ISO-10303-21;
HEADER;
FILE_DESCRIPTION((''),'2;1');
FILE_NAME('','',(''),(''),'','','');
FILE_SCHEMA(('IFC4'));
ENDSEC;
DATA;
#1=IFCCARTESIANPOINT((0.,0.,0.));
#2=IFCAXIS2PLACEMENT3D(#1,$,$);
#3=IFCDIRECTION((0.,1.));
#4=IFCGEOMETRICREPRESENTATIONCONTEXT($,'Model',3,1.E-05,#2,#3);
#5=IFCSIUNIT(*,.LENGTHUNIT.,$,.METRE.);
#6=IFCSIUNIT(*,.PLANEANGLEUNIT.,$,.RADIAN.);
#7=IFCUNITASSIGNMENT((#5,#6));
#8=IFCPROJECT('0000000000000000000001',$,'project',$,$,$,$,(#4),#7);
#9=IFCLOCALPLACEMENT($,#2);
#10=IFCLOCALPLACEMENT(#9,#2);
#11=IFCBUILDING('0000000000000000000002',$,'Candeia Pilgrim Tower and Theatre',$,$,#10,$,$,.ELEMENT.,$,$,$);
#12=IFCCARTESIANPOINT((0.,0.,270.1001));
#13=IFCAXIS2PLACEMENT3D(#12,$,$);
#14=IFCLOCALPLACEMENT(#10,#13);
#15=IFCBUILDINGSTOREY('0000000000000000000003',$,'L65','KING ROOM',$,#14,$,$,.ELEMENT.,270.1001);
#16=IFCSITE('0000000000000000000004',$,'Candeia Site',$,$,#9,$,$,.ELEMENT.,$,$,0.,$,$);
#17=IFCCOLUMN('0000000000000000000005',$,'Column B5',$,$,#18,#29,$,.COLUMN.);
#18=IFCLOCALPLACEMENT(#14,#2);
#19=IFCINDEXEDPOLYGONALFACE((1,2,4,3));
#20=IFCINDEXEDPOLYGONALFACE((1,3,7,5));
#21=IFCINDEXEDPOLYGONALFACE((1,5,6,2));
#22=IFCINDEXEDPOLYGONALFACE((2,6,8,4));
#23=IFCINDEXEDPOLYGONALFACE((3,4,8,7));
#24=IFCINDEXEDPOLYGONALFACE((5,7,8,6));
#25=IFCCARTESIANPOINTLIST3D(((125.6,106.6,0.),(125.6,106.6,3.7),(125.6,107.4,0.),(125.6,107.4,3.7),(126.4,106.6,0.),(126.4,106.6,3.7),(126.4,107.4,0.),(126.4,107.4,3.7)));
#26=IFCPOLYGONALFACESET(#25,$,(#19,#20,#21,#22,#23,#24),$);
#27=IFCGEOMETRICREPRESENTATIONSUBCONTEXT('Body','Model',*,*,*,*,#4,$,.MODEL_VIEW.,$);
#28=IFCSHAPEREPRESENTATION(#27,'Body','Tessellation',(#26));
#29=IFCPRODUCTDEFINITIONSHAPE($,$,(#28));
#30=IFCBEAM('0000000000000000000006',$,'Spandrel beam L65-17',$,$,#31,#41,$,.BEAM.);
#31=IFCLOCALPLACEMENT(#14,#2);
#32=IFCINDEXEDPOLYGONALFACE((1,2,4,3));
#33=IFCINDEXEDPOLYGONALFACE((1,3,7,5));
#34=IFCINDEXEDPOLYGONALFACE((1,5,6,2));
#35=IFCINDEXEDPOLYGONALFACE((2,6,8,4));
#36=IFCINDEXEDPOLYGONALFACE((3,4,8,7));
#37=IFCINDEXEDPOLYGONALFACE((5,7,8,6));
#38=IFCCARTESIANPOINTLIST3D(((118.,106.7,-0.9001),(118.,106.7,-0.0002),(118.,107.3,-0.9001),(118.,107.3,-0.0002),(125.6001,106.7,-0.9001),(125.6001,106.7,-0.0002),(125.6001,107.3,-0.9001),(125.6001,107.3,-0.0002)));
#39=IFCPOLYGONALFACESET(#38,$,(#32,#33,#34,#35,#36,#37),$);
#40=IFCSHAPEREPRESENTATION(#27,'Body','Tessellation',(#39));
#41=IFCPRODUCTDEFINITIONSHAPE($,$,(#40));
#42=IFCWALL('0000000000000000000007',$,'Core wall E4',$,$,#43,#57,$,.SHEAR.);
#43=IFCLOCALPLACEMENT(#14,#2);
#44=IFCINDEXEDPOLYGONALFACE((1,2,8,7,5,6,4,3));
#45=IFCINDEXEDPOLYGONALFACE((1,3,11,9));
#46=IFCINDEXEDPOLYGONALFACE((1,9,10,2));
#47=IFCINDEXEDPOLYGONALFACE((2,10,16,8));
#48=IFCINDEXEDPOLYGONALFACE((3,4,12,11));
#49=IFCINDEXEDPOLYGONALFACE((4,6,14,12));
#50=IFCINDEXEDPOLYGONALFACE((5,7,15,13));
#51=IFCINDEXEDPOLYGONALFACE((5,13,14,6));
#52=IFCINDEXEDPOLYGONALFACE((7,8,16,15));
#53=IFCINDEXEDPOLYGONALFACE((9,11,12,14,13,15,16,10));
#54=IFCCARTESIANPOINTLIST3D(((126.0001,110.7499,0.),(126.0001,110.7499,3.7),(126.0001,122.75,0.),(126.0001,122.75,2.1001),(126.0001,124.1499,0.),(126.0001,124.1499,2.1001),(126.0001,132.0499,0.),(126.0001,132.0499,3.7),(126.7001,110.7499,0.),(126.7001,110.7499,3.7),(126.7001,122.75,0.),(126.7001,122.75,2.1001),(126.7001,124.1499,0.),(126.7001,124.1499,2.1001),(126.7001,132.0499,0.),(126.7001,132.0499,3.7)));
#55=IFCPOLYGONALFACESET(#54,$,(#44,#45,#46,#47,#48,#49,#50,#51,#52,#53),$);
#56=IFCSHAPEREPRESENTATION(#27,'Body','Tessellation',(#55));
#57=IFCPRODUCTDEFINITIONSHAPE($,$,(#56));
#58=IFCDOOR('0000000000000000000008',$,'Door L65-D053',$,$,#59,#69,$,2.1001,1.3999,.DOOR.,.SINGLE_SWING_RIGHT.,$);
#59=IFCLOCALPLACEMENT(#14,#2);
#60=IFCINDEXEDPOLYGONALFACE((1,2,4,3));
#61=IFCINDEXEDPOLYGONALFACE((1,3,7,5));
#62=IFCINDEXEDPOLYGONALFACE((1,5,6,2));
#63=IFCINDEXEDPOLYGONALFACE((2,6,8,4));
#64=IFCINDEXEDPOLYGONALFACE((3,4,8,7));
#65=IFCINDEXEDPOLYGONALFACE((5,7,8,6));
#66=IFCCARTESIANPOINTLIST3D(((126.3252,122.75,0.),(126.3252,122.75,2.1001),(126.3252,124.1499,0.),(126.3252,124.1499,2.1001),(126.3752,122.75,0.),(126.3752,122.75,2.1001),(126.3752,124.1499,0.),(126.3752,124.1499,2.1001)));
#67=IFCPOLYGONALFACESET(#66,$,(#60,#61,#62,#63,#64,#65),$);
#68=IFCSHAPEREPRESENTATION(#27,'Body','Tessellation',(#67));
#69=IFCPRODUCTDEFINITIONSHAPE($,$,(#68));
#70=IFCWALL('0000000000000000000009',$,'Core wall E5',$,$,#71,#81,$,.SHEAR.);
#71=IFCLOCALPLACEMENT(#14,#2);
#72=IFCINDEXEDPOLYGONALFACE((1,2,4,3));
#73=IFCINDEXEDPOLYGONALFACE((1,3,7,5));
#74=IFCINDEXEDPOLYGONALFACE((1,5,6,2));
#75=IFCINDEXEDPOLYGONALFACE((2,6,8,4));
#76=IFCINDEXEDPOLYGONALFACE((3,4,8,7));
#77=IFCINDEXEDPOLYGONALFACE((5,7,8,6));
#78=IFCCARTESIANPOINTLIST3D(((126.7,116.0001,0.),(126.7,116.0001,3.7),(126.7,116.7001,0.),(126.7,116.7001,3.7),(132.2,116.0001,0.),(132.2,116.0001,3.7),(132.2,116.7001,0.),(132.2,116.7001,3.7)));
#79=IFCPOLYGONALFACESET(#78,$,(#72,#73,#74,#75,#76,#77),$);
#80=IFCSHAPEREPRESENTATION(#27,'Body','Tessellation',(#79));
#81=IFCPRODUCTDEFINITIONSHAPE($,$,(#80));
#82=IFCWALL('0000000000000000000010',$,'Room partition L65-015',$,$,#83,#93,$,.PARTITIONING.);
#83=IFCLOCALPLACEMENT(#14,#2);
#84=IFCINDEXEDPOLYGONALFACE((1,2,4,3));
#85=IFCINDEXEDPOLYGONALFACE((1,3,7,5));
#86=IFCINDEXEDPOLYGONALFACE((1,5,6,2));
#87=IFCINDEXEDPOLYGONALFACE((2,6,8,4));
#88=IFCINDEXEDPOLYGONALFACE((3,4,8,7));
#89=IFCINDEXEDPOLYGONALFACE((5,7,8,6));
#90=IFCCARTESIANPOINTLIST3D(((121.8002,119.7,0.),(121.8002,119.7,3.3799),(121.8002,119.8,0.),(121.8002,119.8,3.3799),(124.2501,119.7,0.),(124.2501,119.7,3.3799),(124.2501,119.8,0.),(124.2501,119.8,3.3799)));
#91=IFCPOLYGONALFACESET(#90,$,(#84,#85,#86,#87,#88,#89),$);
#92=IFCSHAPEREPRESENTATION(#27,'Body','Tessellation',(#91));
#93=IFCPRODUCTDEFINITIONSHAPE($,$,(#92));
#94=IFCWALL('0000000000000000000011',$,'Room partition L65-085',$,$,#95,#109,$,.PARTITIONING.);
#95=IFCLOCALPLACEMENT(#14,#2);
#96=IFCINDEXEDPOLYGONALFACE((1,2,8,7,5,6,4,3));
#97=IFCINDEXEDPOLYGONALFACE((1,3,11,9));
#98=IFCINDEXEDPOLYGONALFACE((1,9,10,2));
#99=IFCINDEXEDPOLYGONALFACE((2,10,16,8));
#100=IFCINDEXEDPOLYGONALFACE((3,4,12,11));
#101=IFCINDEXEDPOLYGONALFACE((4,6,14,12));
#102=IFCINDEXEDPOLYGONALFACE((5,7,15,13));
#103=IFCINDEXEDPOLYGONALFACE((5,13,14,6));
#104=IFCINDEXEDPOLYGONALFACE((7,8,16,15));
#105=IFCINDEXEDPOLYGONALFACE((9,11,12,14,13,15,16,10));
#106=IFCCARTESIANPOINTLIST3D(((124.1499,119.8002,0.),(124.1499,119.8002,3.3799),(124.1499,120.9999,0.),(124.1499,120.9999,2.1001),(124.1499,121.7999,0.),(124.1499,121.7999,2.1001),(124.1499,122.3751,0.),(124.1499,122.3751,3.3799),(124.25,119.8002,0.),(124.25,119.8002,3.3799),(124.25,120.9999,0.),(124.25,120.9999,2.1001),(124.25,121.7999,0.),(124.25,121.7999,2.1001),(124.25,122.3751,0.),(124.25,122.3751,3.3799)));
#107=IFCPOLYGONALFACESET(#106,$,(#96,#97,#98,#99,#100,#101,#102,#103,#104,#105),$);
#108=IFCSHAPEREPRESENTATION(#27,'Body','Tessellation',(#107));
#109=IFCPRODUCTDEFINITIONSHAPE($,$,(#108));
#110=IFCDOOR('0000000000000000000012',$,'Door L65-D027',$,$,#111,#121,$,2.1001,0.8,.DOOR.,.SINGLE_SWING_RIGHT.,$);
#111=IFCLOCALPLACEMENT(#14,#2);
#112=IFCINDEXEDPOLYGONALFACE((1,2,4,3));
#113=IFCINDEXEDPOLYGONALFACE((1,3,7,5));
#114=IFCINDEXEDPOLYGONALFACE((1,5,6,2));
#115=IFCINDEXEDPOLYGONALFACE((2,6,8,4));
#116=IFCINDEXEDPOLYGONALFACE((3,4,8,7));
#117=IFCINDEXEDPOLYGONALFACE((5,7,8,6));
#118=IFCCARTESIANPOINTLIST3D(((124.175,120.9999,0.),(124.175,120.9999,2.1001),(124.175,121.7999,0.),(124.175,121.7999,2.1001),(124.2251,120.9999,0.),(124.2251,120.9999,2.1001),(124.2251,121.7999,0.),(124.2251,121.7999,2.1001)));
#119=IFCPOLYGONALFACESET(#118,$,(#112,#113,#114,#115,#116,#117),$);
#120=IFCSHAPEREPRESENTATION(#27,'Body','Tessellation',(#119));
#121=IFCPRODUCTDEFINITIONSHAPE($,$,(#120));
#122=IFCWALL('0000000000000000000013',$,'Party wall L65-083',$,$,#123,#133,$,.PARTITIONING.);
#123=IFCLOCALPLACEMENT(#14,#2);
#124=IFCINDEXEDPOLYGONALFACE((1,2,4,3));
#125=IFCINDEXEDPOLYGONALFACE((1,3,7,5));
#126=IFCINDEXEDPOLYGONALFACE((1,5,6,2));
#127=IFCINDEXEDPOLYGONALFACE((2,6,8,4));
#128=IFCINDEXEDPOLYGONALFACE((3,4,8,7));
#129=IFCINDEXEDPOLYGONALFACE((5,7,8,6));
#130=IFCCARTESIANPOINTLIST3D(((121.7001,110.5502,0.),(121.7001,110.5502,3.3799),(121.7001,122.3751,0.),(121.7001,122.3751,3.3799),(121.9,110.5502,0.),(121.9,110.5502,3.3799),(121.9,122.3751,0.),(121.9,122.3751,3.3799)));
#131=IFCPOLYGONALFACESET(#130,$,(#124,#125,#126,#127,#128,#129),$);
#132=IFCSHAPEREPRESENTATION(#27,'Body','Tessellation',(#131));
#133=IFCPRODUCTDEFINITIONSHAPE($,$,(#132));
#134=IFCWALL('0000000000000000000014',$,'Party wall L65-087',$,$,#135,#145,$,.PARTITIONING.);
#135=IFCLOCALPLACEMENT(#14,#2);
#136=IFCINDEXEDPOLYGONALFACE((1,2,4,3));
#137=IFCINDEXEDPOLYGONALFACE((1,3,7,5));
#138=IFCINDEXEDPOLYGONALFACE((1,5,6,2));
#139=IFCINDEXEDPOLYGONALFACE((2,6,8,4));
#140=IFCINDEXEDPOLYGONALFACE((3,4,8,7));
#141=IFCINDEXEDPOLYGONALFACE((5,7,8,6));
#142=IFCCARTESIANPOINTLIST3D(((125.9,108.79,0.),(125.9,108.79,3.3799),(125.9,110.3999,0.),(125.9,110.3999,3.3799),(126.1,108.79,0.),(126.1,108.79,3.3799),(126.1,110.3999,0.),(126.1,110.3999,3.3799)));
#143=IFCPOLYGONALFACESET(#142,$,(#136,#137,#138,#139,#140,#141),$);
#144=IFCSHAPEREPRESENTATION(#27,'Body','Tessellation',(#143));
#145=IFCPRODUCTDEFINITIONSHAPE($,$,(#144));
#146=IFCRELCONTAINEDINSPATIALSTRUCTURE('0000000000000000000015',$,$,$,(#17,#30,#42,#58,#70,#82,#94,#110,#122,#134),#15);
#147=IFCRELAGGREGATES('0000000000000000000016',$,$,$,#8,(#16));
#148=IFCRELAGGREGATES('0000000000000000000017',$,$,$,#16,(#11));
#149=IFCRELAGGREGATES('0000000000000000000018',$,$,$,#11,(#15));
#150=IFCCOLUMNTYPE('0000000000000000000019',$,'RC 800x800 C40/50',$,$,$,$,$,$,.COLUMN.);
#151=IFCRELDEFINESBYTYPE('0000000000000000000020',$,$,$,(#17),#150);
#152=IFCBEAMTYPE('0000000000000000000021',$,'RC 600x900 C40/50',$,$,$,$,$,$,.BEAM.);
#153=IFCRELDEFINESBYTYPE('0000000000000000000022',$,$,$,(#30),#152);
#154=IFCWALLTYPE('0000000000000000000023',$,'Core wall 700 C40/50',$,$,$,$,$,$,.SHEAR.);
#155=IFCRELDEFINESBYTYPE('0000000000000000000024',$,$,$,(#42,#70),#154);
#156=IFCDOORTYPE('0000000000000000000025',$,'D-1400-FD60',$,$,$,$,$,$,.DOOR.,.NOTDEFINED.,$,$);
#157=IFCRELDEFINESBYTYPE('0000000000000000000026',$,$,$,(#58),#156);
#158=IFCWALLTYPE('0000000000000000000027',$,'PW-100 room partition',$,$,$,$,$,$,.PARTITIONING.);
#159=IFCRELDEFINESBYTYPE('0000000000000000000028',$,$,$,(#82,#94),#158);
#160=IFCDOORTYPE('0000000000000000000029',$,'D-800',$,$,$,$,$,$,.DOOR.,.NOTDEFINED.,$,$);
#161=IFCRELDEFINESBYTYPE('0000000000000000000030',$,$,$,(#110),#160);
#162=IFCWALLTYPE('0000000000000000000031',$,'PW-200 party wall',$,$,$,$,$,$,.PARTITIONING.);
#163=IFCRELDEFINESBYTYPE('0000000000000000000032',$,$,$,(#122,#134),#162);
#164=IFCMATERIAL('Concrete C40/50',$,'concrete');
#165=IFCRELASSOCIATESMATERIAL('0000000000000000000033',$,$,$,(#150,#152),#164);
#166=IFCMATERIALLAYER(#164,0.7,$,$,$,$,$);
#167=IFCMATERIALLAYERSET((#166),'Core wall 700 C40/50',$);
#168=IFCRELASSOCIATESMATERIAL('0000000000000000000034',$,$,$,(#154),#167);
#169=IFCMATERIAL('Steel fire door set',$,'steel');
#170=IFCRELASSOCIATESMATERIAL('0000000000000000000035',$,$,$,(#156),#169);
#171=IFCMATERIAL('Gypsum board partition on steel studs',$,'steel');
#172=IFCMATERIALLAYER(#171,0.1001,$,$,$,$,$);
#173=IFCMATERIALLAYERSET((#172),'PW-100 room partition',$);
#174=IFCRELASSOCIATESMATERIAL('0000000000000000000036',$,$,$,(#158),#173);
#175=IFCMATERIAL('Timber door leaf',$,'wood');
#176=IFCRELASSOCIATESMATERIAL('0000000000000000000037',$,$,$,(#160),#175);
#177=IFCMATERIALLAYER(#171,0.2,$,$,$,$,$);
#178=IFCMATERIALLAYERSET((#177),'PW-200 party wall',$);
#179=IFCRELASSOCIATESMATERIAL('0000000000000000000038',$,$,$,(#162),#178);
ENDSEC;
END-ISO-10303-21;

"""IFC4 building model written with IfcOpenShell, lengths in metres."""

from ifc_helpers import new_model, si_unit, direction, frame, frame_2d, origin, origin_2d, place, context, subcontext, project, spatial, rectangle, extrude, material, layer, layer_set, material_profile, profile_set, type_object, element, fill, save


model = new_model("IFC4")

# Units and contexts
model_context = context("Model", 3, precision=1e-05, world=origin(), true_north=direction((0.0, 1.0)))
body_context = subcontext(model_context, "Body", "Model", "MODEL_VIEW")
ifc_project = project(units=[si_unit("LENGTHUNIT", "METRE"), si_unit("PLANEANGLEUNIT", "RADIAN")], contexts=[model_context])

# Site, building, storey
site_placement = place(None, origin())
site = spatial("IfcSite", under=ifc_project, at=site_placement, Name="Candeia Site", CompositionType="ELEMENT", RefElevation=0.0)
building_placement = place(site_placement, origin())
building = spatial("IfcBuilding", under=site, at=building_placement, Name="Candeia Pilgrim Tower and Theatre", CompositionType="ELEMENT")
storey_placement = place(building_placement, frame((0.0, 0.0, 270.1001)))
storey = spatial("IfcBuildingStorey", under=building, at=storey_placement, Name="L65", Description="KING ROOM", CompositionType="ELEMENT", Elevation=270.1001)

# Column
ifc_material_1 = material(Name="Concrete C40/50", Category="concrete")
ifc_material_profile_1 = material_profile(ifc_material_1, rectangle(XDim=0.8, YDim=0.8, at=origin_2d()))
ifc_profile_set_1 = profile_set([ifc_material_profile_1], Name="Concrete C40/50")
column_type = type_object("IfcColumnType", Name="RC 800x800 C40/50", PredefinedType="COLUMN", material=ifc_profile_set_1)
column_placement = place(storey_placement, frame((126.0, 107.0, 0.0), z_axis=(0.0, 0.0, 1.0), x_axis=(1.0, 0.0, 0.0)))
element("IfcColumn", 1, at=column_placement, inside=storey, type_object=column_type, Name="Column B5", PredefinedType="COLUMN", context=body_context, shape_type="SweptSolid", body=[
    extrude(rectangle(XDim=0.8, YDim=0.8, at=origin_2d()), origin(), (0.0, 0.0, 1.0), 3.7),
])

# Beam
ifc_material_profile_2 = material_profile(ifc_material_1, rectangle(XDim=0.6001, YDim=0.8999, at=origin_2d()))
ifc_profile_set_2 = profile_set([ifc_material_profile_2], Name="Concrete C40/50")
beam_type = type_object("IfcBeamType", Name="RC 600x900 C40/50", PredefinedType="BEAM", material=ifc_profile_set_2)
beam_placement = place(storey_placement, frame((125.6001, 107.0, -0.4502), z_axis=(-1.0, 0.0, 0.0), x_axis=(0.0, -1.0, 0.0)))
element("IfcBeam", 2, at=beam_placement, inside=storey, type_object=beam_type, Name="Spandrel beam L65-17", PredefinedType="BEAM", context=body_context, shape_type="SweptSolid", body=[
    extrude(rectangle(XDim=0.6001, YDim=0.8999, at=origin_2d()), origin(), (0.0, 0.0, 1.0), 7.6001),
])

# Wall, opening, door
ifc_layer_1 = layer(ifc_material_1, 0.7)
ifc_layer_set_1 = layer_set([ifc_layer_1], Name="Core wall 700 C40/50")
wall_type_1 = type_object("IfcWallType", Name="Core wall 700 C40/50", PredefinedType="SHEAR", material=ifc_layer_set_1)
wall_1_placement = place(storey_placement, frame((126.3501, 110.75, 0.0), z_axis=(0.0, 0.0, 1.0), x_axis=(0.0, 1.0, 0.0)))
wall_1 = element("IfcWall", 3, at=wall_1_placement, inside=storey, type_object=wall_type_1, Name="Core wall E4", PredefinedType="SHEAR", context=body_context, shape_type="SweptSolid", body=[
    extrude(rectangle(XDim=21.3, YDim=0.7, at=frame_2d((10.6499, 0.0))), origin(), (0.0, 0.0, 1.0), 3.7),
])
opening_1_placement = place(wall_1_placement, frame((12.0, 0.0, 0.0)))
opening_1 = element("IfcOpeningElement", 4, at=opening_1_placement, cuts=wall_1, PredefinedType="OPENING", context=body_context, shape_type="SweptSolid", body=[
    extrude(rectangle(XDim=1.3999, YDim=2.1001, at=frame_2d((0.7, 1.05))), frame((0.0, 0.3599, 0.0), z_axis=(0.0, -1.0, 0.0), x_axis=(1.0, 0.0, 0.0)), (0.0, 0.0, 1.0), 0.72),
])
ifc_material_2 = material(Name="Steel fire door set", Category="steel")
door_type_1 = type_object("IfcDoorType", Name="D-1400-FD60", OperationType="NOTDEFINED", PredefinedType="DOOR", material=ifc_material_2)
door_1_placement = place(opening_1_placement, origin())
door_1 = element("IfcDoor", 5, at=door_1_placement, inside=storey, type_object=door_type_1, Name="Door L65-D053", OperationType="SINGLE_SWING_RIGHT", OverallHeight=2.1001, OverallWidth=1.3999, PredefinedType="DOOR", context=body_context, shape_type="SweptSolid", body=[
    extrude(rectangle(XDim=1.3999, YDim=2.1001, at=frame_2d((0.7, 1.05))), frame((0.0, 0.0249, 0.0), z_axis=(0.0, -1.0, 0.0), x_axis=(1.0, 0.0, 0.0)), (0.0, 0.0, 1.0), 0.05),
])
fill(opening_1, door_1)

# Walls
wall_2_placement = place(storey_placement, frame((126.7, 116.3501, 0.0), z_axis=(0.0, 0.0, 1.0), x_axis=(1.0, 0.0, 0.0)))
element("IfcWall", 6, at=wall_2_placement, inside=storey, type_object=wall_type_1, Name="Core wall E5", PredefinedType="SHEAR", context=body_context, shape_type="SweptSolid", body=[
    extrude(rectangle(XDim=5.5, YDim=0.7, at=frame_2d((2.75, 0.0))), origin(), (0.0, 0.0, 1.0), 3.7),
])
ifc_material_3 = material(Name="Gypsum board partition on steel studs", Category="steel")
ifc_layer_2 = layer(ifc_material_3, 0.1001)
ifc_layer_set_2 = layer_set([ifc_layer_2], Name="PW-100 room partition")
wall_type_2 = type_object("IfcWallType", Name="PW-100 room partition", PredefinedType="PARTITIONING", material=ifc_layer_set_2)
wall_3_placement = place(storey_placement, frame((121.8, 119.75, 0.0), z_axis=(0.0, 0.0, 1.0), x_axis=(1.0, 0.0, 0.0)))
element("IfcWall", 7, at=wall_3_placement, inside=storey, type_object=wall_type_2, Name="Room partition L65-015", PredefinedType="PARTITIONING", context=body_context, shape_type="SweptSolid", body=[
    extrude(rectangle(XDim=2.45, YDim=0.1001, at=frame_2d((1.2251, 0.0))), origin(), (0.0, 0.0, 1.0), 3.3799),
])

# Wall, opening, door
wall_4_placement = place(storey_placement, frame((124.2, 119.8, 0.0), z_axis=(0.0, 0.0, 1.0), x_axis=(0.0, 1.0, 0.0)))
wall_4 = element("IfcWall", 8, at=wall_4_placement, inside=storey, type_object=wall_type_2, Name="Room partition L65-085", PredefinedType="PARTITIONING", context=body_context, shape_type="SweptSolid", body=[
    extrude(rectangle(XDim=2.575, YDim=0.1001, at=frame_2d((1.2876, 0.0))), origin(), (0.0, 0.0, 1.0), 3.3799),
])
opening_2_placement = place(wall_4_placement, frame((1.2, 0.0, 0.0)))
opening_2 = element("IfcOpeningElement", 9, at=opening_2_placement, cuts=wall_4, PredefinedType="OPENING", context=body_context, shape_type="SweptSolid", body=[
    extrude(rectangle(XDim=0.8, YDim=2.1001, at=frame_2d((0.3999, 1.05))), frame((0.0, 0.0601, 0.0), z_axis=(0.0, -1.0, 0.0), x_axis=(1.0, 0.0, 0.0)), (0.0, 0.0, 1.0), 0.1201),
])
ifc_material_4 = material(Name="Timber door leaf", Category="wood")
door_type_2 = type_object("IfcDoorType", Name="D-800", OperationType="NOTDEFINED", PredefinedType="DOOR", material=ifc_material_4)
door_2_placement = place(opening_2_placement, origin())
door_2 = element("IfcDoor", 10, at=door_2_placement, inside=storey, type_object=door_type_2, Name="Door L65-D027", OperationType="SINGLE_SWING_RIGHT", OverallHeight=2.1001, OverallWidth=0.8, PredefinedType="DOOR", context=body_context, shape_type="SweptSolid", body=[
    extrude(rectangle(XDim=0.8, YDim=2.1001, at=frame_2d((0.3999, 1.05))), frame((0.0, 0.0249, 0.0), z_axis=(0.0, -1.0, 0.0), x_axis=(1.0, 0.0, 0.0)), (0.0, 0.0, 1.0), 0.05),
])
fill(opening_2, door_2)

# Walls
ifc_layer_3 = layer(ifc_material_3, 0.2)
ifc_layer_set_3 = layer_set([ifc_layer_3], Name="PW-200 party wall")
wall_type_3 = type_object("IfcWallType", Name="PW-200 party wall", PredefinedType="PARTITIONING", material=ifc_layer_set_3)
wall_5_placement = place(storey_placement, frame((121.8, 110.55, 0.0), z_axis=(0.0, 0.0, 1.0), x_axis=(0.0, 1.0, 0.0)))
element("IfcWall", 11, at=wall_5_placement, inside=storey, type_object=wall_type_3, Name="Party wall L65-083", PredefinedType="PARTITIONING", context=body_context, shape_type="SweptSolid", body=[
    extrude(rectangle(XDim=11.825, YDim=0.2, at=frame_2d((5.9126, 0.0))), origin(), (0.0, 0.0, 1.0), 3.3799),
])
wall_6_placement = place(storey_placement, frame((126.0, 108.79, 0.0), z_axis=(0.0, 0.0, 1.0), x_axis=(0.0, 1.0, 0.0)))
element("IfcWall", 12, at=wall_6_placement, inside=storey, type_object=wall_type_3, Name="Party wall L65-087", PredefinedType="PARTITIONING", context=body_context, shape_type="SweptSolid", body=[
    extrude(rectangle(XDim=1.6099, YDim=0.2, at=frame_2d((0.8049, 0.0))), origin(), (0.0, 0.0, 1.0), 3.3799),
])

save(model, "model.ifc")
